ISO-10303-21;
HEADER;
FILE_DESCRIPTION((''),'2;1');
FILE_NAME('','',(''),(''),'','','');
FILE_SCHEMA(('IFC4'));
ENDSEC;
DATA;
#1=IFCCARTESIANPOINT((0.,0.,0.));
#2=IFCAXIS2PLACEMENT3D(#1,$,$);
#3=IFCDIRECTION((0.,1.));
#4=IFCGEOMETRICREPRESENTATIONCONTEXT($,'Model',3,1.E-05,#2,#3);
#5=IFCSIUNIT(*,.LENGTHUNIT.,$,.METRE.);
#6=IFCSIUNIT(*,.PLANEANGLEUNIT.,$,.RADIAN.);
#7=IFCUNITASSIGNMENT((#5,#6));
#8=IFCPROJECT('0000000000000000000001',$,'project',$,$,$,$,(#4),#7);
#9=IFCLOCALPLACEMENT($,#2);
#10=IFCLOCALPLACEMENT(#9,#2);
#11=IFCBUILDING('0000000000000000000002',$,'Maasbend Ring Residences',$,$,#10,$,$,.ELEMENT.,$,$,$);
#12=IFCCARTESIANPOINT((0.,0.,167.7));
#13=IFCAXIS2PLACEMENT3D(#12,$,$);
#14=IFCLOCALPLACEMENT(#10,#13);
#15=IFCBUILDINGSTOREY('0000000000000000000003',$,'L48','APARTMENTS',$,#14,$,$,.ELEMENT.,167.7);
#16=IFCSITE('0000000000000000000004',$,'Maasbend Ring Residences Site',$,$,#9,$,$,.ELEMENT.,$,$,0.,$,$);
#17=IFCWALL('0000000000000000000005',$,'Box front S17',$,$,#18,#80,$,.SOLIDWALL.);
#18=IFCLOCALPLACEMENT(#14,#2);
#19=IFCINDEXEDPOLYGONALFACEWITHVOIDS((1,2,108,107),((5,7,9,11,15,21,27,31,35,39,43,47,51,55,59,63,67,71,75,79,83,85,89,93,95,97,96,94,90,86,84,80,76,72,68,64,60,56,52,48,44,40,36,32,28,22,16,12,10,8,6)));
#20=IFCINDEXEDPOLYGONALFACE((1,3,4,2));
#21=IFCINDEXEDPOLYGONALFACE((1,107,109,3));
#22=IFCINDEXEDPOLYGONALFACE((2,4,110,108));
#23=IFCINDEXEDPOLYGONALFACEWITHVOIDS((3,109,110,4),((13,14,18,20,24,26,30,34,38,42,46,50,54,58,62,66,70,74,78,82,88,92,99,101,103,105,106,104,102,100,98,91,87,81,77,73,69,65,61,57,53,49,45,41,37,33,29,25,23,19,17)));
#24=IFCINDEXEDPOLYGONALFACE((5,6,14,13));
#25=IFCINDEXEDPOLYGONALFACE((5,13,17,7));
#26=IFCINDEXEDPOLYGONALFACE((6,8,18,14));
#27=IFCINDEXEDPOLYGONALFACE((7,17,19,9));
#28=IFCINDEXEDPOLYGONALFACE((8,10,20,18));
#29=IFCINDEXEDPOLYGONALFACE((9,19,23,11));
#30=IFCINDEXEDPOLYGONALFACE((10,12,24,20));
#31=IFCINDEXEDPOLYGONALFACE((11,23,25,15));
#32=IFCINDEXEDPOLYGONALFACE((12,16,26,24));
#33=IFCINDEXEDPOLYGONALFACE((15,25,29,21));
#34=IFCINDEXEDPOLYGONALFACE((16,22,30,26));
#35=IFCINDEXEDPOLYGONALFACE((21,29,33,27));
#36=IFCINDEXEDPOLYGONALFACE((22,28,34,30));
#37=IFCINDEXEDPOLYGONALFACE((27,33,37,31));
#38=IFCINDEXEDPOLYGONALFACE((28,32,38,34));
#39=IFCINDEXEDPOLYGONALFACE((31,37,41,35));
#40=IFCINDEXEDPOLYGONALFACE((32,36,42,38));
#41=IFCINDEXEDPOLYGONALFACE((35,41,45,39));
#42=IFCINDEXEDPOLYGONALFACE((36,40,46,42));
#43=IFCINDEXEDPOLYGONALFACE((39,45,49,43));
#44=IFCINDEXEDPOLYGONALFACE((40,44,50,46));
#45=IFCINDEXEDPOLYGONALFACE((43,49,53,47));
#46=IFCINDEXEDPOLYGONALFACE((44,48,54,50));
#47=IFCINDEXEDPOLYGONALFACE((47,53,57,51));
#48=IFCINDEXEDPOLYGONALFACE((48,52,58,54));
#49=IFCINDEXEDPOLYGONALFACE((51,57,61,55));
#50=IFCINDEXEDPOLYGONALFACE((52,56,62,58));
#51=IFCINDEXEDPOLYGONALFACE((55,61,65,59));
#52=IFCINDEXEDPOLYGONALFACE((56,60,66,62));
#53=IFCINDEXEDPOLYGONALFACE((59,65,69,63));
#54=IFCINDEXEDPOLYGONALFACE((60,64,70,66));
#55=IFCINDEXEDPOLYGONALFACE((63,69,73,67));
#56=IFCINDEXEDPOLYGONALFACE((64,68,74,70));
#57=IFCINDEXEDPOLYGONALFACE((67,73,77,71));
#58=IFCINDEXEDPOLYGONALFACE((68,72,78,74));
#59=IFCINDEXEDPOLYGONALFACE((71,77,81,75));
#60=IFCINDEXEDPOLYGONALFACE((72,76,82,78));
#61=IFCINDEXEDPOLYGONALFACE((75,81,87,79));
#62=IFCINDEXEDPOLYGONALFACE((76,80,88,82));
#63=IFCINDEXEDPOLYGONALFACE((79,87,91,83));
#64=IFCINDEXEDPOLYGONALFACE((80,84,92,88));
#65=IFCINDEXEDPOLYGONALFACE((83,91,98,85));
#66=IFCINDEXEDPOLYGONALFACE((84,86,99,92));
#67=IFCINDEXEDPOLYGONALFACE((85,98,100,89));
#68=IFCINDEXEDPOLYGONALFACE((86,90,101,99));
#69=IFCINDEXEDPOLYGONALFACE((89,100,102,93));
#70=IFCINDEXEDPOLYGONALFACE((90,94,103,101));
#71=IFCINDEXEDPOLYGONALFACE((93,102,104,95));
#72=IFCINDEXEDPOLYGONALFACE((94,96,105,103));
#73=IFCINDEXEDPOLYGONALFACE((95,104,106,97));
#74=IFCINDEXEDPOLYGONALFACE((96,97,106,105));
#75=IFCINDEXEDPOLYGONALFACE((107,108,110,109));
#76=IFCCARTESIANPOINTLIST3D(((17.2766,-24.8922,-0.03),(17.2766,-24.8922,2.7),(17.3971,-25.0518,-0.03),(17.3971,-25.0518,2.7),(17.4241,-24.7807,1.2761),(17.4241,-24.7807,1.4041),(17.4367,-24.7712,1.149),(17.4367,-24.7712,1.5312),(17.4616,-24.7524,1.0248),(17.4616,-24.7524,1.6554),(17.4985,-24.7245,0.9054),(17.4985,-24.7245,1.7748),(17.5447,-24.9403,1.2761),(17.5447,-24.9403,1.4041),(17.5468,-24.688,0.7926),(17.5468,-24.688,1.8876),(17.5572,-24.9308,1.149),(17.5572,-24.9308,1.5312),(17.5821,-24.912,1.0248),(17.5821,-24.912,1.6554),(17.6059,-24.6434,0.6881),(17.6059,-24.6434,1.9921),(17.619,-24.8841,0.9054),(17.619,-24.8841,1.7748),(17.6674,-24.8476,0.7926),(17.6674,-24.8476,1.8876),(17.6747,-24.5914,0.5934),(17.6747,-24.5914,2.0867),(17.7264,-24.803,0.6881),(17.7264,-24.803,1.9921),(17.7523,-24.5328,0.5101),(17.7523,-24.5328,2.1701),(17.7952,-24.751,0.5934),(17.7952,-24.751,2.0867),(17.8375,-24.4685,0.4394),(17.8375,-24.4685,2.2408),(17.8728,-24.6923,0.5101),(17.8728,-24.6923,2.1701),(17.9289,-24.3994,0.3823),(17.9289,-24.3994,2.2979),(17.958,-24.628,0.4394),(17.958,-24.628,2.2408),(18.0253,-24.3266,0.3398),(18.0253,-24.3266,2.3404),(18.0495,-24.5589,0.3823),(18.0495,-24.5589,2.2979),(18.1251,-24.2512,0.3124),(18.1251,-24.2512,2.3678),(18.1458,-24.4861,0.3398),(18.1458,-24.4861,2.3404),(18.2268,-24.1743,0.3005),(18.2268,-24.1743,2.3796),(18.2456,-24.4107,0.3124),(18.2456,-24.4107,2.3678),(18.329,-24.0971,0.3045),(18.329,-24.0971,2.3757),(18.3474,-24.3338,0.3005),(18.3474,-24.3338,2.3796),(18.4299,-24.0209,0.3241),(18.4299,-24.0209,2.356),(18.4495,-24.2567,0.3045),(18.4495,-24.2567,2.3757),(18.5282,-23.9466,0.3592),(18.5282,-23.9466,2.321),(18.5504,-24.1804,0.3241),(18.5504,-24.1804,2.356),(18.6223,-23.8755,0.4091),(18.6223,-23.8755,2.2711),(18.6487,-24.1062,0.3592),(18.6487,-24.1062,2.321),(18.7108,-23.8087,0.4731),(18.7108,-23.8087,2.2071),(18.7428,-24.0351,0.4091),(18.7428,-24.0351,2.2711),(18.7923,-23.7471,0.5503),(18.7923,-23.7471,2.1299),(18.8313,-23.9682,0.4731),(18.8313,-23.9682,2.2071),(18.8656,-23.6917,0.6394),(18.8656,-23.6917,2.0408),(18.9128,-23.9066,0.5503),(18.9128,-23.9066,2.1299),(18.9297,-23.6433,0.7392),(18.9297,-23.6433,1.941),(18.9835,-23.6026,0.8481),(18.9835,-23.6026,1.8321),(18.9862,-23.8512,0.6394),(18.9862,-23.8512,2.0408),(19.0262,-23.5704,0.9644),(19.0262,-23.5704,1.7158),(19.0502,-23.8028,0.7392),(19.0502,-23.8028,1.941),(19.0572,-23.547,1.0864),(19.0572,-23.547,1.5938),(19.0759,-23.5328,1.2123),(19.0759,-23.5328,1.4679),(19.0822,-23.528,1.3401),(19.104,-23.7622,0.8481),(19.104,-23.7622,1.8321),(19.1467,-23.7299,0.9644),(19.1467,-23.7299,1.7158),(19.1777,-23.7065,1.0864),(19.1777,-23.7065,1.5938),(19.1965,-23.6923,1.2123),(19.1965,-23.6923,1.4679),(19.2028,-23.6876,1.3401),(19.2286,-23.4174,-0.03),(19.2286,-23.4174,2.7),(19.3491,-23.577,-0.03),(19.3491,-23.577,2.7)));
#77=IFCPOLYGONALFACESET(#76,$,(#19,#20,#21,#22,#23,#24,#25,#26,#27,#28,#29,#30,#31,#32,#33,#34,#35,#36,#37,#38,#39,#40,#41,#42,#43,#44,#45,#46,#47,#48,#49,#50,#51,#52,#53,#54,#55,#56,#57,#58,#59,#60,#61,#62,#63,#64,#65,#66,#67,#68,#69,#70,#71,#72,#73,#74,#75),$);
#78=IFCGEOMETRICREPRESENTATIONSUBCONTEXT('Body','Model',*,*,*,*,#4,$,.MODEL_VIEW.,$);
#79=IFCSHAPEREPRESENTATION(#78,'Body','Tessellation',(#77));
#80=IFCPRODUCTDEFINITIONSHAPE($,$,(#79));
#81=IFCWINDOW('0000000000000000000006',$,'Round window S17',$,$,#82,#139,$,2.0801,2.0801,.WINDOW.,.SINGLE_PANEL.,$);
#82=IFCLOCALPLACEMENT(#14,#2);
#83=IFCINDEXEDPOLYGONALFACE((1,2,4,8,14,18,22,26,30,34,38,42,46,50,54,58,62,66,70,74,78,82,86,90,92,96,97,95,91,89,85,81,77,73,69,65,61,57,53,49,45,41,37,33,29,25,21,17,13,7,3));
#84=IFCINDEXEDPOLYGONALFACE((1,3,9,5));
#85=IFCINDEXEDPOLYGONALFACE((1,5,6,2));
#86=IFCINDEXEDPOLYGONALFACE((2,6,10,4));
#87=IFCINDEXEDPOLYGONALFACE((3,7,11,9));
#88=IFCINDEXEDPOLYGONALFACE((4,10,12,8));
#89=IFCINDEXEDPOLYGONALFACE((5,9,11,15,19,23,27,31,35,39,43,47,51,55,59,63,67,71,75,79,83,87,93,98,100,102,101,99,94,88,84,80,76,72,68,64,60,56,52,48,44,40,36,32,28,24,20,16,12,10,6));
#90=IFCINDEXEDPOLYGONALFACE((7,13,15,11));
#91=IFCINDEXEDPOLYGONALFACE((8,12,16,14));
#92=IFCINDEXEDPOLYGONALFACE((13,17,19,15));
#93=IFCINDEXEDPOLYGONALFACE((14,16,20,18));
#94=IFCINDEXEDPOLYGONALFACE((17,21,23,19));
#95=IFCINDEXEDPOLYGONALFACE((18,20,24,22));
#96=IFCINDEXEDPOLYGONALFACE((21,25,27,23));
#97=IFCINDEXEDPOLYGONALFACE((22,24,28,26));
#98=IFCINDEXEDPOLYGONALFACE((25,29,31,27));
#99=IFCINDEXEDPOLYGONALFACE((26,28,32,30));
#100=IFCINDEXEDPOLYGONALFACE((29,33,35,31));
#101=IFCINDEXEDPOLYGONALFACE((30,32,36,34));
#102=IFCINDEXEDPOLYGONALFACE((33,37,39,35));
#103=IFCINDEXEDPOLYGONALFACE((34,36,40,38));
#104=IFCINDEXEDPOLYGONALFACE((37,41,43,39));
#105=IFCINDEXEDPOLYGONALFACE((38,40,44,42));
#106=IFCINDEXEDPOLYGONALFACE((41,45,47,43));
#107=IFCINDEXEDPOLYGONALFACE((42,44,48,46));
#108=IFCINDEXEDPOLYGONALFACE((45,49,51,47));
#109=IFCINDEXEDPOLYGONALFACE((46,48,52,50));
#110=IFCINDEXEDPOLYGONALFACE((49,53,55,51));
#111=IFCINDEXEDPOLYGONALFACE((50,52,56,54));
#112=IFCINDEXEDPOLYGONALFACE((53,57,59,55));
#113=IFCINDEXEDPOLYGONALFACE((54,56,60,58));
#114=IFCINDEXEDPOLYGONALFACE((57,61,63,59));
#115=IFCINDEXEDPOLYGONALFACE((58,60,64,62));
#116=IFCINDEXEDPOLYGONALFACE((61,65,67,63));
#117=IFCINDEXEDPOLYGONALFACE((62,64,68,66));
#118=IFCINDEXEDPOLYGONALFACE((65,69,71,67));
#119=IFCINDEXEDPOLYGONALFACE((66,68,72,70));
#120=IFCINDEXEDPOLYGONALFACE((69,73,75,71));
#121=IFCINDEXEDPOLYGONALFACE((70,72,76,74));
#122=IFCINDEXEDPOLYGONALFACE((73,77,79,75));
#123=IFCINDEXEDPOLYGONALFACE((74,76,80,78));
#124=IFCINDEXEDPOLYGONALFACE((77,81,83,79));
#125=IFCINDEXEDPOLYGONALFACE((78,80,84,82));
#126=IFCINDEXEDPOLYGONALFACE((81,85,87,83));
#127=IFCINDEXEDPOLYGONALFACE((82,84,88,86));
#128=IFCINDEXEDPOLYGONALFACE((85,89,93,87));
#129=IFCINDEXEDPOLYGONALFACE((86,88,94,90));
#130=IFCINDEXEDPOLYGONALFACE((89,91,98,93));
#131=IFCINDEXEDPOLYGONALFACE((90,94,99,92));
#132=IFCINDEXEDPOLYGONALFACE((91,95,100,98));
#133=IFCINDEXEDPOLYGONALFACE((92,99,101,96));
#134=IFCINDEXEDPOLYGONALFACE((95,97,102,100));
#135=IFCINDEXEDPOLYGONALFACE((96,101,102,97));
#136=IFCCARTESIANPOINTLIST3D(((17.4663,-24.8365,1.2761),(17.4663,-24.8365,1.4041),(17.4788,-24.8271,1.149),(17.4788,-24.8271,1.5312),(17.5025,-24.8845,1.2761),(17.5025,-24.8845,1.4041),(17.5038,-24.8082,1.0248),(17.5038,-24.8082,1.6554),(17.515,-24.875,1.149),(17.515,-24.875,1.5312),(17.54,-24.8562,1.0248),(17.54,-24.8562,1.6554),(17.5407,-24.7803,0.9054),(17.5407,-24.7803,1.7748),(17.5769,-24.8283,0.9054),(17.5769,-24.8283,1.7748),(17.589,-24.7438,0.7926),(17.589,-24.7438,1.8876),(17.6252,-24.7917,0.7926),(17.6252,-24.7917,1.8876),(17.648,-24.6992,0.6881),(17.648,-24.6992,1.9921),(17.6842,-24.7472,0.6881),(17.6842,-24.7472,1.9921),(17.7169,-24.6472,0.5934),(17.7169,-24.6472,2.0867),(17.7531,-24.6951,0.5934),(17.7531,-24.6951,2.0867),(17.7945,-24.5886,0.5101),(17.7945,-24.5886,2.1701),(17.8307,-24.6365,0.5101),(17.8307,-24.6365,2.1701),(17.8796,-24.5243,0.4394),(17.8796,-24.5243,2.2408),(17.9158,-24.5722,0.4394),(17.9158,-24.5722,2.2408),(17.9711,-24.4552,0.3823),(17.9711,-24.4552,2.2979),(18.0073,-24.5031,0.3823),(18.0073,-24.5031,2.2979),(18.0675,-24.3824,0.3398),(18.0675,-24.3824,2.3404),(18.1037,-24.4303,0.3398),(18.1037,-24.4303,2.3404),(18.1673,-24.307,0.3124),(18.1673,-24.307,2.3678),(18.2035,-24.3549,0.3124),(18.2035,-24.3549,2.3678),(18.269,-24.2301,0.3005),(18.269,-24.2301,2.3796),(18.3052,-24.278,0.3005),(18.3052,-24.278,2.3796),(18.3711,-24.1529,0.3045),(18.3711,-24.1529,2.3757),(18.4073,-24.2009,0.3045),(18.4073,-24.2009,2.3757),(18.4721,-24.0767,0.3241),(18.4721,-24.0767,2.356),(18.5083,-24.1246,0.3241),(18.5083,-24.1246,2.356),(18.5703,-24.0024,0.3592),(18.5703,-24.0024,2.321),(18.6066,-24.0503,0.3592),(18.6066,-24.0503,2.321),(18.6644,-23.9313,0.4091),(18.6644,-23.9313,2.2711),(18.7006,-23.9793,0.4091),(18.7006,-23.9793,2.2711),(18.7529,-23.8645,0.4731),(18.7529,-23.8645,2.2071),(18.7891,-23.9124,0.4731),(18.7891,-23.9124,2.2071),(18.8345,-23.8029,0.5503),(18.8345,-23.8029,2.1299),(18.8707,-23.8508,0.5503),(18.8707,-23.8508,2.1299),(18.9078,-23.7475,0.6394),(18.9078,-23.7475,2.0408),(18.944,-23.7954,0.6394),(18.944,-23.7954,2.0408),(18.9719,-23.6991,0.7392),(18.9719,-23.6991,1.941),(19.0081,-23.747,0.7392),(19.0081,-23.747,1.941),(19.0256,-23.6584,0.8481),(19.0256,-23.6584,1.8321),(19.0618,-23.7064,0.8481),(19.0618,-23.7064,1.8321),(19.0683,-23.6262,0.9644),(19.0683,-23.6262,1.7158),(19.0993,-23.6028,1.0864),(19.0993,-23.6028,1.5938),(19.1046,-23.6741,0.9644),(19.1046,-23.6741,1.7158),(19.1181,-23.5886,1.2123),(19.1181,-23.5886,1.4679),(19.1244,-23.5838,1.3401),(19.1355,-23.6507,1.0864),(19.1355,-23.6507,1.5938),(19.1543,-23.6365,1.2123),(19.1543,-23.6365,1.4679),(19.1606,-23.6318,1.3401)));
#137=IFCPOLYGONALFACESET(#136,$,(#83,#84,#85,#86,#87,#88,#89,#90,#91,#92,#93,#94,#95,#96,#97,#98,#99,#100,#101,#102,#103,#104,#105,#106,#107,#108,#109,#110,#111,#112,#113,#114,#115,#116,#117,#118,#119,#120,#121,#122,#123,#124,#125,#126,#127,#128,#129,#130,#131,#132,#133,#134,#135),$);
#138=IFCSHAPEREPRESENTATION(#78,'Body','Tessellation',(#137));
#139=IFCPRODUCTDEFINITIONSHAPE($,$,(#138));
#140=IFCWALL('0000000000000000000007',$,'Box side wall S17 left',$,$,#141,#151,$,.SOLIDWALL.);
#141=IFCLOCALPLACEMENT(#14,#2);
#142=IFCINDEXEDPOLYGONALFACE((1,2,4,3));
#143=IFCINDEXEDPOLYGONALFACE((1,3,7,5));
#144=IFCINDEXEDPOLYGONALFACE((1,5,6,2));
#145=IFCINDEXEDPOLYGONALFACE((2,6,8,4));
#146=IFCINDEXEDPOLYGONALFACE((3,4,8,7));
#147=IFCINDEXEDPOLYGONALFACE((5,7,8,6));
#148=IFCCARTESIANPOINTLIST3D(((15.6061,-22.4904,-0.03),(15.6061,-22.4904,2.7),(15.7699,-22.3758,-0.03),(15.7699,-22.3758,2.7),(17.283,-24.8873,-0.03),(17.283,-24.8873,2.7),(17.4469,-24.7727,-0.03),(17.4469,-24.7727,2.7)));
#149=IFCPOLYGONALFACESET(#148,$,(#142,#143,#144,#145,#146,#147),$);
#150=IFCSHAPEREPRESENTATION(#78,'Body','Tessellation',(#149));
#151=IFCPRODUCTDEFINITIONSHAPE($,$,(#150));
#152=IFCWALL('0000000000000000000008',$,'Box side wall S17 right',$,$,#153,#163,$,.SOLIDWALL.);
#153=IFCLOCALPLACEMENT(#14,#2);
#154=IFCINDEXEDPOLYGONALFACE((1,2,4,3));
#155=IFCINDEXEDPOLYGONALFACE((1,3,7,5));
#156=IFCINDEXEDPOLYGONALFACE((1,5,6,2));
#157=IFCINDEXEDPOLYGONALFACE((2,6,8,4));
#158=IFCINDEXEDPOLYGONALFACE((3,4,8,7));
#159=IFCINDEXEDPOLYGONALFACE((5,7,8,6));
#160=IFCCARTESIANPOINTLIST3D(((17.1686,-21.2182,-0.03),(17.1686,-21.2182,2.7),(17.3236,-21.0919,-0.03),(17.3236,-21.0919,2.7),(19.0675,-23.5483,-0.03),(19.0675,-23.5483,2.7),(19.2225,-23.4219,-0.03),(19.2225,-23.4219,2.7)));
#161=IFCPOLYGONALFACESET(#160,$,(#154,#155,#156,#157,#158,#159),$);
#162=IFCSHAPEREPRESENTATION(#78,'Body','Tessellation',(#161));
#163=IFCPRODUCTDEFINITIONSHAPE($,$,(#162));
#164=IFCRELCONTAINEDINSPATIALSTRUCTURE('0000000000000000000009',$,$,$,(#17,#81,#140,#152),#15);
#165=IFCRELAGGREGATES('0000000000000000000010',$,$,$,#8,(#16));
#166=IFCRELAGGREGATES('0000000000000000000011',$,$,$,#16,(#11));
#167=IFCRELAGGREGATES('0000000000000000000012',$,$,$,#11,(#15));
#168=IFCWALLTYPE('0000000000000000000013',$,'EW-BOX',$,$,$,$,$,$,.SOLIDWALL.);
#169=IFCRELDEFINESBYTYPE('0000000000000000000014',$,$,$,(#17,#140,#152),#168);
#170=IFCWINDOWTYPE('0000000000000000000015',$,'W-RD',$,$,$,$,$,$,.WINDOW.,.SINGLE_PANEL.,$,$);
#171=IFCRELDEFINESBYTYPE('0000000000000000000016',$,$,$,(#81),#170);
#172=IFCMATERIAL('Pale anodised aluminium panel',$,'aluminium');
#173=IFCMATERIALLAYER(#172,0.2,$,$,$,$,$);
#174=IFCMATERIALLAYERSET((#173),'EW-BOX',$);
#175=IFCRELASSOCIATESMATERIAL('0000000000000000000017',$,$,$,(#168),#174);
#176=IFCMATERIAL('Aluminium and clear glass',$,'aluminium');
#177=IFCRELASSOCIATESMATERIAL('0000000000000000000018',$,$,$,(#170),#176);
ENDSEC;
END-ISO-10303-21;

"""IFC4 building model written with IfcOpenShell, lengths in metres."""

from ifc_helpers import new_model, si_unit, direction, frame, frame_2d, origin, place, context, subcontext, project, spatial, rectangle, circle, extrude, material, layer, layer_set, type_object, element, fill, save


model = new_model("IFC4")

# Units and contexts
model_context = context("Model", 3, precision=1e-05, world=origin(), true_north=direction((0.0, 1.0)))
body_context = subcontext(model_context, "Body", "Model", "MODEL_VIEW")
ifc_project = project(units=[si_unit("LENGTHUNIT", "METRE"), si_unit("PLANEANGLEUNIT", "RADIAN")], contexts=[model_context])

# Site, building, storey
site_placement = place(None, origin())
site = spatial("IfcSite", under=ifc_project, at=site_placement, Name="Maasbend Ring Residences Site", CompositionType="ELEMENT", RefElevation=0.0)
building_placement = place(site_placement, origin())
building = spatial("IfcBuilding", under=site, at=building_placement, Name="Maasbend Ring Residences", CompositionType="ELEMENT")
storey_placement = place(building_placement, frame((0.0, 0.0, 167.7)))
storey = spatial("IfcBuildingStorey", under=building, at=storey_placement, Name="L48", Description="APARTMENTS", CompositionType="ELEMENT", Elevation=167.7)

# Shared definitions
ifc_material_1 = material(Name="Pale anodised aluminium panel", Category="aluminium")
ifc_layer_1 = layer(ifc_material_1, 0.2)
ifc_layer_set_1 = layer_set([ifc_layer_1], Name="EW-BOX")
wall_type_1 = type_object("IfcWallType", Name="EW-BOX", PredefinedType="SOLIDWALL", material=ifc_layer_set_1)
ifc_material_2 = material(Name="Aluminium and clear glass", Category="aluminium")
window_type_1 = type_object("IfcWindowType", Name="W-RD", PartitioningType="SINGLE_PANEL", PredefinedType="WINDOW", material=ifc_material_2)

# Wall, opening, window
wall_1_placement = place(storey_placement, frame((17.3369, -24.9719, -0.03), z_axis=(0.0, 0.0, 1.0), x_axis=(0.797888, 0.602806, 0.0)))
wall_1 = element("IfcWall", 1, at=wall_1_placement, inside=storey, type_object=wall_type_1, Name="Box front S17", PredefinedType="SOLIDWALL", context=body_context, shape_type="SweptSolid", body=[
    extrude(rectangle(XDim=2.4465, YDim=0.2, at=frame_2d((1.2231, 0.0))), origin(), (0.0, 0.0, 1.0), 2.73),
])
opening_1_placement = place(wall_1_placement, frame((0.1829, 0.0, 0.3301)))
opening_1 = element("IfcOpeningElement", 2, at=opening_1_placement, cuts=wall_1, PredefinedType="OPENING", context=body_context, shape_type="SweptSolid", body=[
    extrude(circle(Radius=1.04, at=frame_2d((1.04, 1.04))), frame((0.0, 0.1099, 0.0), z_axis=(0.0, -1.0, 0.0), x_axis=(1.0, 0.0, 0.0)), (0.0, 0.0, 1.0), 0.22),
])
window_1_placement = place(opening_1_placement, origin())
window_1 = element("IfcWindow", 3, at=window_1_placement, inside=storey, type_object=window_type_1, Name="Round window S17", OverallHeight=2.0801, OverallWidth=2.0801, PartitioningType="SINGLE_PANEL", PredefinedType="WINDOW", context=body_context, shape_type="SweptSolid", body=[
    extrude(circle(Radius=1.04, at=frame_2d((1.04, 1.04))), frame((0.0, 0.03, 0.0), z_axis=(0.0, -1.0, 0.0), x_axis=(1.0, 0.0, 0.0)), (0.0, 0.0, 1.0), 0.0601),
])
fill(opening_1, window_1)

# Walls
wall_2_placement = place(storey_placement, frame((15.688, -22.4331, -0.03), z_axis=(0.0, 0.0, 1.0), x_axis=(0.573261, -0.819373, 0.0)))
element("IfcWall", 4, at=wall_2_placement, inside=storey, type_object=wall_type_1, Name="Box side wall S17 left", PredefinedType="SOLIDWALL", context=body_context, shape_type="SweptSolid", body=[
    extrude(rectangle(XDim=2.9253, YDim=0.2, at=frame_2d((1.4626, 0.0))), origin(), (0.0, 0.0, 1.0), 2.73),
])
wall_3_placement = place(storey_placement, frame((17.2461, -21.155, -0.03), z_axis=(0.0, 0.0, 1.0), x_axis=(0.631742, -0.775179, 0.0)))
element("IfcWall", 5, at=wall_3_placement, inside=storey, type_object=wall_type_1, Name="Box side wall S17 right", PredefinedType="SOLIDWALL", context=body_context, shape_type="SweptSolid", body=[
    extrude(rectangle(XDim=3.0059, YDim=0.2, at=frame_2d((1.5029, 0.0))), origin(), (0.0, 0.0, 1.0), 2.73),
])

save(model, "model.ifc")
